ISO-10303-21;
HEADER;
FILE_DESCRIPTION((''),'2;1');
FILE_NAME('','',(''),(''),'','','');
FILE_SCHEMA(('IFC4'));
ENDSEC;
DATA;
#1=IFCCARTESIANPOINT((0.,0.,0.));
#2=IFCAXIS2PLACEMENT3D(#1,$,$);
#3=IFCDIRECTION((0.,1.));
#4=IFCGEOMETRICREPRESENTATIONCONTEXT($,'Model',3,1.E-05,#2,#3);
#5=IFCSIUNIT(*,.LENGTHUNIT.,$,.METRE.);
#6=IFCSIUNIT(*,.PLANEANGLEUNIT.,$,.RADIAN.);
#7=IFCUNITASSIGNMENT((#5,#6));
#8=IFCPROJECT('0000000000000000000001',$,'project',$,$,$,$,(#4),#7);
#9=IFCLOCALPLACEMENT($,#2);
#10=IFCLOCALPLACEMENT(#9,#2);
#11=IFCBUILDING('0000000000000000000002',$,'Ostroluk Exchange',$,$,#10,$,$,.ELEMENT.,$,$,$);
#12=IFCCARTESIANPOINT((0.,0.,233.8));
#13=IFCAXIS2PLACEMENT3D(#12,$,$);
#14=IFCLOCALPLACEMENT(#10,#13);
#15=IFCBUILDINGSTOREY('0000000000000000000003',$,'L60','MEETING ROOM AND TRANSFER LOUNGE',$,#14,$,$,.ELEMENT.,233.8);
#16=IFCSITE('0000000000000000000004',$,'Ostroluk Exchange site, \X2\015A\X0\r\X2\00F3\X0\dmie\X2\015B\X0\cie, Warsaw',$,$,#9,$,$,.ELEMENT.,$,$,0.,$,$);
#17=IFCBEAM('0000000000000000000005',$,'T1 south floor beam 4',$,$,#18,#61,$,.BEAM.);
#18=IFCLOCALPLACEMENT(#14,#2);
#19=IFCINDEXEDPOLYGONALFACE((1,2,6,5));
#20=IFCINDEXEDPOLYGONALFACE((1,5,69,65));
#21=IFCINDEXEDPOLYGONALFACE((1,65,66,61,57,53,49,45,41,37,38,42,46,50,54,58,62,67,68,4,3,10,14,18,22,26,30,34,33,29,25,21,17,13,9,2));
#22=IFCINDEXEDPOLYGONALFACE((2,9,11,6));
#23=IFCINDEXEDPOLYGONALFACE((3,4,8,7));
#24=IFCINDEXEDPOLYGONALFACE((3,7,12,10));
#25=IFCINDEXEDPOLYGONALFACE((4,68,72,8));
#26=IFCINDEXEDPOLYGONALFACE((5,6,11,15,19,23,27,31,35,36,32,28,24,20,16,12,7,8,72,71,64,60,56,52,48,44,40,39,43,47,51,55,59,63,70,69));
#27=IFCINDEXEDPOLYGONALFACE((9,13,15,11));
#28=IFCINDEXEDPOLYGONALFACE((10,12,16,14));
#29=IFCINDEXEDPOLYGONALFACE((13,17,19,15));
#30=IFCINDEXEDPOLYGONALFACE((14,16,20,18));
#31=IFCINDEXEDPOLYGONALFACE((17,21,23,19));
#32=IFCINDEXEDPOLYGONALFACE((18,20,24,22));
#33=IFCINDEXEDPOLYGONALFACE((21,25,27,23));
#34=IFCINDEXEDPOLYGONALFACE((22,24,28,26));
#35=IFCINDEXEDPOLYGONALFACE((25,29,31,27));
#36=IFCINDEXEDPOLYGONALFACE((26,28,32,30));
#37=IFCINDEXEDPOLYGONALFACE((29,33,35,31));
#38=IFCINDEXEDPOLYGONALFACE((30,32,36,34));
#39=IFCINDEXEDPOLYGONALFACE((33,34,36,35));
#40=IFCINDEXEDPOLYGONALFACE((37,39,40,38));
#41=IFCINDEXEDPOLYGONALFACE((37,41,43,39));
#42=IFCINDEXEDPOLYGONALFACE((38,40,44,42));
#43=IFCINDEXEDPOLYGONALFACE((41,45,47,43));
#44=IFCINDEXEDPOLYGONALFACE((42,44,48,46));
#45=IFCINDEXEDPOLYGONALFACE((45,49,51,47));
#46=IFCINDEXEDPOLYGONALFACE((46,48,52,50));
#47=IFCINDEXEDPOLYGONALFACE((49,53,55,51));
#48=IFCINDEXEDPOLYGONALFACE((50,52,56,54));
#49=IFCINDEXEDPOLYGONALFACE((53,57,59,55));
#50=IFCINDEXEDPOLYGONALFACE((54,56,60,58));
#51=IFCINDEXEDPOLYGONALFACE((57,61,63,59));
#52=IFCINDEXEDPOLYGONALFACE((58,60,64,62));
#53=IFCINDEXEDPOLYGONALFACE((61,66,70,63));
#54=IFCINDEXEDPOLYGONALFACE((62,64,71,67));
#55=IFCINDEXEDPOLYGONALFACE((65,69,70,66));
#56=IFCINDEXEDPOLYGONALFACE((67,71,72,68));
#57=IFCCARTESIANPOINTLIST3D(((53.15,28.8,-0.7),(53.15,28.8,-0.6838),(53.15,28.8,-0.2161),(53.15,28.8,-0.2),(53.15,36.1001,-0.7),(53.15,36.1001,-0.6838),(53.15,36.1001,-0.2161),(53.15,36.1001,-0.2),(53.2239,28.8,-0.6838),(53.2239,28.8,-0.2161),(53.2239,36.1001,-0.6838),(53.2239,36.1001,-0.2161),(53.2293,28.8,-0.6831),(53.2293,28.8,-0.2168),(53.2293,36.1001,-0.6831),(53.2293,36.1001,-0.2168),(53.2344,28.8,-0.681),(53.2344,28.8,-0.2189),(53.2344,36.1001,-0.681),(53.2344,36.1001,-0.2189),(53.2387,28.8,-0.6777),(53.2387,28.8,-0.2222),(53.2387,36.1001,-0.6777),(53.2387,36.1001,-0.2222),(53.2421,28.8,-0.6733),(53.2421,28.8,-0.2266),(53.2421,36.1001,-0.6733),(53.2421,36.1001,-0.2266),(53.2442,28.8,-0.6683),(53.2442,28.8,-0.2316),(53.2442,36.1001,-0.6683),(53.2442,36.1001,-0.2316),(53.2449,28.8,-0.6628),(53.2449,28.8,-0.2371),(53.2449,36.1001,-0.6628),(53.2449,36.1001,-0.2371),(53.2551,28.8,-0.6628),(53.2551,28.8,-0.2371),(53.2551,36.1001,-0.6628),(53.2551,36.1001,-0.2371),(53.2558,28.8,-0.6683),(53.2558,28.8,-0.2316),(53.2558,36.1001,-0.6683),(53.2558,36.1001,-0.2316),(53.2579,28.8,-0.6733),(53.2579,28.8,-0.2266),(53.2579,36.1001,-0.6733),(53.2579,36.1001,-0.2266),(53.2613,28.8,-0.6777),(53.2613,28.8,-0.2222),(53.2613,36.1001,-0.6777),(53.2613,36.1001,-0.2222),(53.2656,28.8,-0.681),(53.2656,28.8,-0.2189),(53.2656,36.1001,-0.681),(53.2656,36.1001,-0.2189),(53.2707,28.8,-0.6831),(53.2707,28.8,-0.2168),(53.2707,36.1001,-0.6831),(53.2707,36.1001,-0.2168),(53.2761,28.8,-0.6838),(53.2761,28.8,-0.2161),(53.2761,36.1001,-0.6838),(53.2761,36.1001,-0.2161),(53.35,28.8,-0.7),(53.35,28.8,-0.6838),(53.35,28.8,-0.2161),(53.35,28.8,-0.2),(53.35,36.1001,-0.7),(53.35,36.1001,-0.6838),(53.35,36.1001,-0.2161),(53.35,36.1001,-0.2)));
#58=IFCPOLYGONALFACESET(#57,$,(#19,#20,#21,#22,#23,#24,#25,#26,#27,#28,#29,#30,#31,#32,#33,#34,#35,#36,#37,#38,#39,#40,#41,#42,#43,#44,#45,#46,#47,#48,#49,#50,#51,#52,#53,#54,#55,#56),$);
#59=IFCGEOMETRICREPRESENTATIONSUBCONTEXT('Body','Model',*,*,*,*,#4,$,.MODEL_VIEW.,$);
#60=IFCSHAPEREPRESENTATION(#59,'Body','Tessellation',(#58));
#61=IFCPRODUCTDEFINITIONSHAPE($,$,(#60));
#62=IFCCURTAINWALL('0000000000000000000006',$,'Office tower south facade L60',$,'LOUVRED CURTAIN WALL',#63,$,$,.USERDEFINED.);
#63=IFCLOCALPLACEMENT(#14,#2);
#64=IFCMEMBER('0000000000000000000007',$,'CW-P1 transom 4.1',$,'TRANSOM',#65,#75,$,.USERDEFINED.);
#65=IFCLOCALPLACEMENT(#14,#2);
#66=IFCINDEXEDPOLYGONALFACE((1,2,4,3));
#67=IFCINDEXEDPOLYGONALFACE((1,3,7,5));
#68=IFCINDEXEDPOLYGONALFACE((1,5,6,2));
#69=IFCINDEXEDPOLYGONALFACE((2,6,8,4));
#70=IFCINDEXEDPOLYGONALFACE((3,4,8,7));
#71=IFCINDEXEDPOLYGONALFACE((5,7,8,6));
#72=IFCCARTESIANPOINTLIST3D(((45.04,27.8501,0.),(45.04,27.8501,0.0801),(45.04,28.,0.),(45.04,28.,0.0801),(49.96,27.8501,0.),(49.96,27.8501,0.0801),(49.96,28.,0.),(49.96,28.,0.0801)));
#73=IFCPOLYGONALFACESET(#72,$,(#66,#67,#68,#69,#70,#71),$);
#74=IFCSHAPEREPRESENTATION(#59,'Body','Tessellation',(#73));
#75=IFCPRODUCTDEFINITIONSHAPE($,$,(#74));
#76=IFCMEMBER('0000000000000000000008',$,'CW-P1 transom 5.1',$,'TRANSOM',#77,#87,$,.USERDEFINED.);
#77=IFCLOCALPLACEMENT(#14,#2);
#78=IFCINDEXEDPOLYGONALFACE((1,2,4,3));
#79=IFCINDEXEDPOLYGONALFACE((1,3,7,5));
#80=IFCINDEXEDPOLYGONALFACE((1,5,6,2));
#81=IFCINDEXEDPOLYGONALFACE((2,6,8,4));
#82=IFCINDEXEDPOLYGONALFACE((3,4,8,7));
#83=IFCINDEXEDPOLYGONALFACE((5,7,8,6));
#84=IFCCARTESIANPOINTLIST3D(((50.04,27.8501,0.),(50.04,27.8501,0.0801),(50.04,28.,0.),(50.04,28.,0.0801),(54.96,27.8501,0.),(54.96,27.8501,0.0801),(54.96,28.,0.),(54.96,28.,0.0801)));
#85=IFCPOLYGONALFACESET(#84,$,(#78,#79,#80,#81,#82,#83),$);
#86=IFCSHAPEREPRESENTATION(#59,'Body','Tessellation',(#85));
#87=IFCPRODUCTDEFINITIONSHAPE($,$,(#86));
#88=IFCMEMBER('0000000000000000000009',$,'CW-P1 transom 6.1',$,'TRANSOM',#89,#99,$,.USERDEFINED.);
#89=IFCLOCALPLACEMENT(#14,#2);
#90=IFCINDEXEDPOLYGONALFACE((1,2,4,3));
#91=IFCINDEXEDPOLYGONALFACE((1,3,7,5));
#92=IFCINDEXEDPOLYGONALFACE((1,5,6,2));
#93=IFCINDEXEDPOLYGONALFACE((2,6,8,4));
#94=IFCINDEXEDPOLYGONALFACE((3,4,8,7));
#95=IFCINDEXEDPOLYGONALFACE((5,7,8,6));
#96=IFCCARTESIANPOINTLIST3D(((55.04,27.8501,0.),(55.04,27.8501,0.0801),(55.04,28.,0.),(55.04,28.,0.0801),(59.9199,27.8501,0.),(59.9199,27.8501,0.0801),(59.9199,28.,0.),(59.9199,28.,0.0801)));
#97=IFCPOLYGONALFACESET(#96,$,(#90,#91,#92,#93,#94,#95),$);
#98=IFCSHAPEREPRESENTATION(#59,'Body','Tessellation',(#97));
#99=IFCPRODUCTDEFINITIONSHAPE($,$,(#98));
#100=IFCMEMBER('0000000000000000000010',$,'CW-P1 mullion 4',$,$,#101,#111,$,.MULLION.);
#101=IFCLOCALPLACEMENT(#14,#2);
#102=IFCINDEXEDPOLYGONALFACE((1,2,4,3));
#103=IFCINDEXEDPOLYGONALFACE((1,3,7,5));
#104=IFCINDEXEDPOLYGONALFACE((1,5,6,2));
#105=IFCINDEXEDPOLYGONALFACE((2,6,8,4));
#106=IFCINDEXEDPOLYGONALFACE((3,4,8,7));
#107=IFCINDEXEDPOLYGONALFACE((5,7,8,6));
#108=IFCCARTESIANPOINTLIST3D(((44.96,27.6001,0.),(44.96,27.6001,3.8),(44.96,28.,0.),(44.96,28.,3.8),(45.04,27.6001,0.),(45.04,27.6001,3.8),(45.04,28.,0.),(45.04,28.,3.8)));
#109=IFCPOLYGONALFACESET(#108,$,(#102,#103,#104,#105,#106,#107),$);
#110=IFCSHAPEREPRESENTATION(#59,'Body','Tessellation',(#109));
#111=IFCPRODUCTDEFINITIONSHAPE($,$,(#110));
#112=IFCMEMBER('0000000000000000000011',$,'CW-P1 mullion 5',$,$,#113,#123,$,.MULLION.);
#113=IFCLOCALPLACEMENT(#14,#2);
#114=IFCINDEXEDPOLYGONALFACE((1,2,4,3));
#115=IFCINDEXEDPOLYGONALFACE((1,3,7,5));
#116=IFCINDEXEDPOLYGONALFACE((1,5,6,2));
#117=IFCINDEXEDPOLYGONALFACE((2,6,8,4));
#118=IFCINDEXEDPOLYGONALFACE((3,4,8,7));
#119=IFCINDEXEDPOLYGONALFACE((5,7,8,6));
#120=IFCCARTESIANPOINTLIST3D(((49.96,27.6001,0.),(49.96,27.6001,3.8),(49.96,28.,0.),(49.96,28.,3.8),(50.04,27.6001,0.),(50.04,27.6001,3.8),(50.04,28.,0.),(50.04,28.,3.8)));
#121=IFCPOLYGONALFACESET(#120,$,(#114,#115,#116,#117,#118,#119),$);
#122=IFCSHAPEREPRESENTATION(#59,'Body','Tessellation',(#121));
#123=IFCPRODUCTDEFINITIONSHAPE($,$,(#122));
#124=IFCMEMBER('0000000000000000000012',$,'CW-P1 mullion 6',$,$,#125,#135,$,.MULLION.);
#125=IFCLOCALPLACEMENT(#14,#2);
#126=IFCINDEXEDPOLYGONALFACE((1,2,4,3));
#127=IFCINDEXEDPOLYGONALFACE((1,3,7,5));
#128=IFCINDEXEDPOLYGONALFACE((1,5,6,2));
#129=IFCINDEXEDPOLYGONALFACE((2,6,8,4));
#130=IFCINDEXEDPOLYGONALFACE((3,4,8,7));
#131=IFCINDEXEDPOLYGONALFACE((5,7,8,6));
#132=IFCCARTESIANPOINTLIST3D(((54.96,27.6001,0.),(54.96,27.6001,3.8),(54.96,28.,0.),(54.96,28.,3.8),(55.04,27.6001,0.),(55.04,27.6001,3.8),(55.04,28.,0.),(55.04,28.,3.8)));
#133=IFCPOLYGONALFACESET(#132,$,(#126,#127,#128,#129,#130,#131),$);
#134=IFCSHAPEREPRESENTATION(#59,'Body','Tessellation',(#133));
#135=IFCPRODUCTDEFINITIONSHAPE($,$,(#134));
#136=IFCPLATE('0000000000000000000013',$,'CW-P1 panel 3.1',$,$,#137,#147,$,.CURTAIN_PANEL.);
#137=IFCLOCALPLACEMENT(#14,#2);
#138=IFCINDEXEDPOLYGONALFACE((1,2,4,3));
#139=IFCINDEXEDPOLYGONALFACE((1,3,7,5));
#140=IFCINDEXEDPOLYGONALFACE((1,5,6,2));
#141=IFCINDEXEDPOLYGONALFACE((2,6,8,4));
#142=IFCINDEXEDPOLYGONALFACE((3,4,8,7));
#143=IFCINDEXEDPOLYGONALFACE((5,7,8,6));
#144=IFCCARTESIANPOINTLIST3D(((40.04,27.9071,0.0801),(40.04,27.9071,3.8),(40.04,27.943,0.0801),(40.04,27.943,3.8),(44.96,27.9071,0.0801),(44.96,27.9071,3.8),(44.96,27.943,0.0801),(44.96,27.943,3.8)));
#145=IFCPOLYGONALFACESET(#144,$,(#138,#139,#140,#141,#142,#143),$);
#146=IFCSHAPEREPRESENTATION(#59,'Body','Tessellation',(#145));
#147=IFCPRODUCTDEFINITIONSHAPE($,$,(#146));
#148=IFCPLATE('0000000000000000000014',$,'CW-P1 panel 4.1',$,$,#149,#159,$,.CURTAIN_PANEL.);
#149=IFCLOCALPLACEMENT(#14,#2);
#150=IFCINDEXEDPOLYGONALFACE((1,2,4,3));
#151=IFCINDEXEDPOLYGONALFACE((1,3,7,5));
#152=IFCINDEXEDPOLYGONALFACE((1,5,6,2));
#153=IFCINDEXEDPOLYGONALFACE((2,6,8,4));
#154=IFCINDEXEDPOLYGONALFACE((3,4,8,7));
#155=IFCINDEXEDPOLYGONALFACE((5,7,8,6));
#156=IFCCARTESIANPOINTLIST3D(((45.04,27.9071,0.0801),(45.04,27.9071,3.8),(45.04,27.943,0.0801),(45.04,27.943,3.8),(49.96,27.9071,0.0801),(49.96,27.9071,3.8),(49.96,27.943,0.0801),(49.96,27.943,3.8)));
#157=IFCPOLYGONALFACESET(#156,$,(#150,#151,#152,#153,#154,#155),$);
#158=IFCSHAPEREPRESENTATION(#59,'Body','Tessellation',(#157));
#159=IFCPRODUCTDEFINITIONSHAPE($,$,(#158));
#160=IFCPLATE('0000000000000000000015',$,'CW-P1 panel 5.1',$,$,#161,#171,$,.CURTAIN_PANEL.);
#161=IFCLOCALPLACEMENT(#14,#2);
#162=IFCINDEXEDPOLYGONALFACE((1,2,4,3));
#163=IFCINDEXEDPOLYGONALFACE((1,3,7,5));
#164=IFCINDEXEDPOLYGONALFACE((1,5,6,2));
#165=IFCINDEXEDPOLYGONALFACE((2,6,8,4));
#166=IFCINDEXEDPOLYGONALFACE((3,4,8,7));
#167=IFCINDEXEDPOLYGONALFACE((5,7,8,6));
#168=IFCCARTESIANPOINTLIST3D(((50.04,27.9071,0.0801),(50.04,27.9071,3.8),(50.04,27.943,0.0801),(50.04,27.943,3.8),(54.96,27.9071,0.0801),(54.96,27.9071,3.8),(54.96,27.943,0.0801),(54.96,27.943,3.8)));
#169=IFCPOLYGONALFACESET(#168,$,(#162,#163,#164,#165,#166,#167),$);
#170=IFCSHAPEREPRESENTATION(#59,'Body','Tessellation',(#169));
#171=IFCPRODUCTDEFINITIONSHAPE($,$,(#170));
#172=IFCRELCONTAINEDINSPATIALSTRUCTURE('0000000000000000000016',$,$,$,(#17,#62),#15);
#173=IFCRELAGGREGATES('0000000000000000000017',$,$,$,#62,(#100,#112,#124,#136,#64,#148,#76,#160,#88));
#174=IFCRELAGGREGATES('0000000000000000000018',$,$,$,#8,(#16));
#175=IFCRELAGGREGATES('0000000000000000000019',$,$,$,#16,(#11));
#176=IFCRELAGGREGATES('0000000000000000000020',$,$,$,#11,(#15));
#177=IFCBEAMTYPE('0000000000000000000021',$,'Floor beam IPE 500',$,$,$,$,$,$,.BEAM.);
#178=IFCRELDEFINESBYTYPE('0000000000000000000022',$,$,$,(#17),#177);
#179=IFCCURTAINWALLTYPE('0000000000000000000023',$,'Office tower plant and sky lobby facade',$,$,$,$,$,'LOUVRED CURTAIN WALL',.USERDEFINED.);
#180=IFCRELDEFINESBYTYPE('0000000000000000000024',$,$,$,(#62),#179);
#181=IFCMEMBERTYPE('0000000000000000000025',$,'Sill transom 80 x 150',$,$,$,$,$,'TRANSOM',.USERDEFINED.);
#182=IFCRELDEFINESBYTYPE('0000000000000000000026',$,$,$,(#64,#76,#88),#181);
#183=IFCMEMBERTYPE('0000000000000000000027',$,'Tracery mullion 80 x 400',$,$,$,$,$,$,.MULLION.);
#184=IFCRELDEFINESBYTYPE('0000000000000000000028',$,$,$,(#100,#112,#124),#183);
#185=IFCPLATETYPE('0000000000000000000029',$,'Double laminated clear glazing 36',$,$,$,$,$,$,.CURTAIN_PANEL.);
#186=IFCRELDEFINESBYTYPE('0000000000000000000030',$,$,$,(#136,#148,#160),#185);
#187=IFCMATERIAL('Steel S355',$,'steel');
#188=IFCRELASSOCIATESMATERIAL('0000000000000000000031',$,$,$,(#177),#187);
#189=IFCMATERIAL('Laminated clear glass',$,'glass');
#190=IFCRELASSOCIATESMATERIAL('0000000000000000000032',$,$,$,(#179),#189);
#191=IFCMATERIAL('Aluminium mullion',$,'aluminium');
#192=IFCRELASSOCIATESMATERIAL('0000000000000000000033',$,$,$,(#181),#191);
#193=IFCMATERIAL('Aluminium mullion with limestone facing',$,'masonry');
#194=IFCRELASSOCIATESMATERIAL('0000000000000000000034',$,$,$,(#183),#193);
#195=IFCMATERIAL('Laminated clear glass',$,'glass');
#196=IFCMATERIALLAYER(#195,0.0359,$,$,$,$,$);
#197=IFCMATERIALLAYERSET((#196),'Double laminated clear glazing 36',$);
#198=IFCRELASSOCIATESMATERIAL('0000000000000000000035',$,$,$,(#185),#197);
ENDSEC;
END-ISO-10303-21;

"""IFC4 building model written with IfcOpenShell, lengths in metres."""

from ifc_helpers import new_model, si_unit, direction, frame, origin, origin_2d, place, context, subcontext, project, spatial, rectangle, i_section, extrude, material, layer, layer_set, material_profile, profile_set, type_object, element, aggregate, save


model = new_model("IFC4")

# Units and contexts
model_context = context("Model", 3, precision=1e-05, world=origin(), true_north=direction((0.0, 1.0)))
body_context = subcontext(model_context, "Body", "Model", "MODEL_VIEW")
ifc_project = project(units=[si_unit("LENGTHUNIT", "METRE"), si_unit("PLANEANGLEUNIT", "RADIAN")], contexts=[model_context])

# Site, building, storey
site_placement = place(None, origin())
site = spatial("IfcSite", under=ifc_project, at=site_placement, Name="Ostroluk Exchange site, Śródmieście, Warsaw", CompositionType="ELEMENT", RefElevation=0.0)
building_placement = place(site_placement, origin())
building = spatial("IfcBuilding", under=site, at=building_placement, Name="Ostroluk Exchange", CompositionType="ELEMENT")
storey_placement = place(building_placement, frame((0.0, 0.0, 233.8)))
storey = spatial("IfcBuildingStorey", under=building, at=storey_placement, Name="L60", Description="MEETING ROOM AND TRANSFER LOUNGE", CompositionType="ELEMENT", Elevation=233.8)

# Beam
ifc_material_1 = material(Name="Steel S355", Category="steel")
ifc_material_profile_1 = material_profile(ifc_material_1, i_section(OverallWidth=0.2, OverallDepth=0.5, WebThickness=0.0103, FlangeThickness=0.0161, FilletRadius=0.021, at=origin_2d()), Name="IPE 500")
ifc_profile_set_1 = profile_set([ifc_material_profile_1], Name="Steel S355")
beam_type = type_object("IfcBeamType", Name="Floor beam IPE 500", PredefinedType="BEAM", material=ifc_profile_set_1)
for number, where, z_axis, x_axis, name in (
    (1, (53.25, 36.1001, -0.45), (0.0, -1.0, 0.0), (1.0, 0.0, 0.0), "T1 south floor beam 4"),
):
    element("IfcBeam", number, at=place(storey_placement, frame(where, z_axis=z_axis, x_axis=x_axis)), inside=storey, type_object=beam_type, Name=name, PredefinedType="BEAM", context=body_context, shape_type="SweptSolid", body=[
        extrude(i_section(OverallWidth=0.2, OverallDepth=0.5, WebThickness=0.0103, FlangeThickness=0.0161, FilletRadius=0.021, at=origin_2d()), origin(), (0.0, 0.0, 1.0), 7.3),
    ])

# Curtain wall, members, plates
ifc_material_2 = material(Name="Laminated clear glass", Category="glass")
curtain_wall_type = type_object("IfcCurtainWallType", Name="Office tower plant and sky lobby facade", ElementType="LOUVRED CURTAIN WALL", PredefinedType="USERDEFINED", material=ifc_material_2)
curtain_wall_placement = place(storey_placement, origin())
curtain_wall = element("IfcCurtainWall", 2, at=curtain_wall_placement, inside=storey, type_object=curtain_wall_type, Name="Office tower south facade L60", ObjectType="LOUVRED CURTAIN WALL", PredefinedType="USERDEFINED")
ifc_material_3 = material(Name="Aluminium mullion", Category="aluminium")
ifc_material_profile_2 = material_profile(ifc_material_3, rectangle(XDim=0.1499, YDim=0.0801, at=origin_2d()), Name="Sill transom 80 x 150")
ifc_profile_set_2 = profile_set([ifc_material_profile_2], Name="Aluminium mullion")
member_type_1 = type_object("IfcMemberType", Name="Sill transom 80 x 150", ElementType="TRANSOM", PredefinedType="USERDEFINED", material=ifc_profile_set_2)
member_1_placement = place(storey_placement, frame((45.04, 27.925, 0.04), z_axis=(1.0, 0.0, 0.0), x_axis=(0.0, 1.0, 0.0)))
member_1 = element("IfcMember", 3, at=member_1_placement, type_object=member_type_1, Name="CW-P1 transom 4.1", ObjectType="TRANSOM", PredefinedType="USERDEFINED", context=body_context, shape_type="SweptSolid", body=[
    extrude(rectangle(XDim=0.1499, YDim=0.0801, at=origin_2d()), origin(), (0.0, 0.0, 1.0), 4.9199),
])
member_2_placement = place(storey_placement, frame((50.04, 27.925, 0.04), z_axis=(1.0, 0.0, 0.0), x_axis=(0.0, 1.0, 0.0)))
member_2 = element("IfcMember", 4, at=member_2_placement, type_object=member_type_1, Name="CW-P1 transom 5.1", ObjectType="TRANSOM", PredefinedType="USERDEFINED", context=body_context, shape_type="SweptSolid", body=[
    extrude(rectangle(XDim=0.1499, YDim=0.0801, at=origin_2d()), origin(), (0.0, 0.0, 1.0), 4.9199),
])
member_3_placement = place(storey_placement, frame((55.04, 27.925, 0.04), z_axis=(1.0, 0.0, 0.0), x_axis=(0.0, 1.0, 0.0)))
member_3 = element("IfcMember", 5, at=member_3_placement, type_object=member_type_1, Name="CW-P1 transom 6.1", ObjectType="TRANSOM", PredefinedType="USERDEFINED", context=body_context, shape_type="SweptSolid", body=[
    extrude(rectangle(XDim=0.1499, YDim=0.0801, at=origin_2d()), origin(), (0.0, 0.0, 1.0), 4.8799),
])
ifc_material_4 = material(Name="Aluminium mullion with limestone facing", Category="masonry")
ifc_material_profile_3 = material_profile(ifc_material_4, rectangle(XDim=0.3999, YDim=0.0801, at=origin_2d()), Name="Tracery mullion 80 x 400")
ifc_profile_set_3 = profile_set([ifc_material_profile_3], Name="Aluminium mullion with limestone facing")
member_type_2 = type_object("IfcMemberType", Name="Tracery mullion 80 x 400", PredefinedType="MULLION", material=ifc_profile_set_3)
member_4_placement = place(storey_placement, frame((45.0, 27.8, 0.0), z_axis=(0.0, 0.0, 1.0), x_axis=(0.0, 1.0, 0.0)))
member_4 = element("IfcMember", 6, at=member_4_placement, type_object=member_type_2, Name="CW-P1 mullion 4", PredefinedType="MULLION", context=body_context, shape_type="SweptSolid", body=[
    extrude(rectangle(XDim=0.3999, YDim=0.0801, at=origin_2d()), origin(), (0.0, 0.0, 1.0), 3.8),
])
member_5_placement = place(storey_placement, frame((50.0, 27.8, 0.0), z_axis=(0.0, 0.0, 1.0), x_axis=(0.0, 1.0, 0.0)))
member_5 = element("IfcMember", 7, at=member_5_placement, type_object=member_type_2, Name="CW-P1 mullion 5", PredefinedType="MULLION", context=body_context, shape_type="SweptSolid", body=[
    extrude(rectangle(XDim=0.3999, YDim=0.0801, at=origin_2d()), origin(), (0.0, 0.0, 1.0), 3.8),
])
member_6_placement = place(storey_placement, frame((55.0, 27.8, 0.0), z_axis=(0.0, 0.0, 1.0), x_axis=(0.0, 1.0, 0.0)))
member_6 = element("IfcMember", 8, at=member_6_placement, type_object=member_type_2, Name="CW-P1 mullion 6", PredefinedType="MULLION", context=body_context, shape_type="SweptSolid", body=[
    extrude(rectangle(XDim=0.3999, YDim=0.0801, at=origin_2d()), origin(), (0.0, 0.0, 1.0), 3.8),
])
ifc_material_5 = material(Name="Laminated clear glass", Category="glass")
ifc_layer_1 = layer(ifc_material_5, 0.0359)
ifc_layer_set_1 = layer_set([ifc_layer_1], Name="Double laminated clear glazing 36")
plate_type = type_object("IfcPlateType", Name="Double laminated clear glazing 36", PredefinedType="CURTAIN_PANEL", material=ifc_layer_set_1)
plate_1_placement = place(storey_placement, frame((42.5, 27.925, 0.0801), z_axis=(0.0, 0.0, 1.0), x_axis=(1.0, 0.0, 0.0)))
plate_1 = element("IfcPlate", 9, at=plate_1_placement, type_object=plate_type, Name="CW-P1 panel 3.1", PredefinedType="CURTAIN_PANEL", context=body_context, shape_type="SweptSolid", body=[
    extrude(rectangle(XDim=4.9199, YDim=0.0359, at=origin_2d()), origin(), (0.0, 0.0, 1.0), 3.72),
])
plate_2_placement = place(storey_placement, frame((47.5, 27.925, 0.0801), z_axis=(0.0, 0.0, 1.0), x_axis=(1.0, 0.0, 0.0)))
plate_2 = element("IfcPlate", 10, at=plate_2_placement, type_object=plate_type, Name="CW-P1 panel 4.1", PredefinedType="CURTAIN_PANEL", context=body_context, shape_type="SweptSolid", body=[
    extrude(rectangle(XDim=4.9199, YDim=0.0359, at=origin_2d()), origin(), (0.0, 0.0, 1.0), 3.72),
])
plate_3_placement = place(storey_placement, frame((52.5, 27.925, 0.0801), z_axis=(0.0, 0.0, 1.0), x_axis=(1.0, 0.0, 0.0)))
plate_3 = element("IfcPlate", 11, at=plate_3_placement, type_object=plate_type, Name="CW-P1 panel 5.1", PredefinedType="CURTAIN_PANEL", context=body_context, shape_type="SweptSolid", body=[
    extrude(rectangle(XDim=4.9199, YDim=0.0359, at=origin_2d()), origin(), (0.0, 0.0, 1.0), 3.72),
])
aggregate(curtain_wall, [member_4, member_5, member_6, plate_1, member_1, plate_2, member_2, plate_3, member_3])

save(model, "model.ifc")
